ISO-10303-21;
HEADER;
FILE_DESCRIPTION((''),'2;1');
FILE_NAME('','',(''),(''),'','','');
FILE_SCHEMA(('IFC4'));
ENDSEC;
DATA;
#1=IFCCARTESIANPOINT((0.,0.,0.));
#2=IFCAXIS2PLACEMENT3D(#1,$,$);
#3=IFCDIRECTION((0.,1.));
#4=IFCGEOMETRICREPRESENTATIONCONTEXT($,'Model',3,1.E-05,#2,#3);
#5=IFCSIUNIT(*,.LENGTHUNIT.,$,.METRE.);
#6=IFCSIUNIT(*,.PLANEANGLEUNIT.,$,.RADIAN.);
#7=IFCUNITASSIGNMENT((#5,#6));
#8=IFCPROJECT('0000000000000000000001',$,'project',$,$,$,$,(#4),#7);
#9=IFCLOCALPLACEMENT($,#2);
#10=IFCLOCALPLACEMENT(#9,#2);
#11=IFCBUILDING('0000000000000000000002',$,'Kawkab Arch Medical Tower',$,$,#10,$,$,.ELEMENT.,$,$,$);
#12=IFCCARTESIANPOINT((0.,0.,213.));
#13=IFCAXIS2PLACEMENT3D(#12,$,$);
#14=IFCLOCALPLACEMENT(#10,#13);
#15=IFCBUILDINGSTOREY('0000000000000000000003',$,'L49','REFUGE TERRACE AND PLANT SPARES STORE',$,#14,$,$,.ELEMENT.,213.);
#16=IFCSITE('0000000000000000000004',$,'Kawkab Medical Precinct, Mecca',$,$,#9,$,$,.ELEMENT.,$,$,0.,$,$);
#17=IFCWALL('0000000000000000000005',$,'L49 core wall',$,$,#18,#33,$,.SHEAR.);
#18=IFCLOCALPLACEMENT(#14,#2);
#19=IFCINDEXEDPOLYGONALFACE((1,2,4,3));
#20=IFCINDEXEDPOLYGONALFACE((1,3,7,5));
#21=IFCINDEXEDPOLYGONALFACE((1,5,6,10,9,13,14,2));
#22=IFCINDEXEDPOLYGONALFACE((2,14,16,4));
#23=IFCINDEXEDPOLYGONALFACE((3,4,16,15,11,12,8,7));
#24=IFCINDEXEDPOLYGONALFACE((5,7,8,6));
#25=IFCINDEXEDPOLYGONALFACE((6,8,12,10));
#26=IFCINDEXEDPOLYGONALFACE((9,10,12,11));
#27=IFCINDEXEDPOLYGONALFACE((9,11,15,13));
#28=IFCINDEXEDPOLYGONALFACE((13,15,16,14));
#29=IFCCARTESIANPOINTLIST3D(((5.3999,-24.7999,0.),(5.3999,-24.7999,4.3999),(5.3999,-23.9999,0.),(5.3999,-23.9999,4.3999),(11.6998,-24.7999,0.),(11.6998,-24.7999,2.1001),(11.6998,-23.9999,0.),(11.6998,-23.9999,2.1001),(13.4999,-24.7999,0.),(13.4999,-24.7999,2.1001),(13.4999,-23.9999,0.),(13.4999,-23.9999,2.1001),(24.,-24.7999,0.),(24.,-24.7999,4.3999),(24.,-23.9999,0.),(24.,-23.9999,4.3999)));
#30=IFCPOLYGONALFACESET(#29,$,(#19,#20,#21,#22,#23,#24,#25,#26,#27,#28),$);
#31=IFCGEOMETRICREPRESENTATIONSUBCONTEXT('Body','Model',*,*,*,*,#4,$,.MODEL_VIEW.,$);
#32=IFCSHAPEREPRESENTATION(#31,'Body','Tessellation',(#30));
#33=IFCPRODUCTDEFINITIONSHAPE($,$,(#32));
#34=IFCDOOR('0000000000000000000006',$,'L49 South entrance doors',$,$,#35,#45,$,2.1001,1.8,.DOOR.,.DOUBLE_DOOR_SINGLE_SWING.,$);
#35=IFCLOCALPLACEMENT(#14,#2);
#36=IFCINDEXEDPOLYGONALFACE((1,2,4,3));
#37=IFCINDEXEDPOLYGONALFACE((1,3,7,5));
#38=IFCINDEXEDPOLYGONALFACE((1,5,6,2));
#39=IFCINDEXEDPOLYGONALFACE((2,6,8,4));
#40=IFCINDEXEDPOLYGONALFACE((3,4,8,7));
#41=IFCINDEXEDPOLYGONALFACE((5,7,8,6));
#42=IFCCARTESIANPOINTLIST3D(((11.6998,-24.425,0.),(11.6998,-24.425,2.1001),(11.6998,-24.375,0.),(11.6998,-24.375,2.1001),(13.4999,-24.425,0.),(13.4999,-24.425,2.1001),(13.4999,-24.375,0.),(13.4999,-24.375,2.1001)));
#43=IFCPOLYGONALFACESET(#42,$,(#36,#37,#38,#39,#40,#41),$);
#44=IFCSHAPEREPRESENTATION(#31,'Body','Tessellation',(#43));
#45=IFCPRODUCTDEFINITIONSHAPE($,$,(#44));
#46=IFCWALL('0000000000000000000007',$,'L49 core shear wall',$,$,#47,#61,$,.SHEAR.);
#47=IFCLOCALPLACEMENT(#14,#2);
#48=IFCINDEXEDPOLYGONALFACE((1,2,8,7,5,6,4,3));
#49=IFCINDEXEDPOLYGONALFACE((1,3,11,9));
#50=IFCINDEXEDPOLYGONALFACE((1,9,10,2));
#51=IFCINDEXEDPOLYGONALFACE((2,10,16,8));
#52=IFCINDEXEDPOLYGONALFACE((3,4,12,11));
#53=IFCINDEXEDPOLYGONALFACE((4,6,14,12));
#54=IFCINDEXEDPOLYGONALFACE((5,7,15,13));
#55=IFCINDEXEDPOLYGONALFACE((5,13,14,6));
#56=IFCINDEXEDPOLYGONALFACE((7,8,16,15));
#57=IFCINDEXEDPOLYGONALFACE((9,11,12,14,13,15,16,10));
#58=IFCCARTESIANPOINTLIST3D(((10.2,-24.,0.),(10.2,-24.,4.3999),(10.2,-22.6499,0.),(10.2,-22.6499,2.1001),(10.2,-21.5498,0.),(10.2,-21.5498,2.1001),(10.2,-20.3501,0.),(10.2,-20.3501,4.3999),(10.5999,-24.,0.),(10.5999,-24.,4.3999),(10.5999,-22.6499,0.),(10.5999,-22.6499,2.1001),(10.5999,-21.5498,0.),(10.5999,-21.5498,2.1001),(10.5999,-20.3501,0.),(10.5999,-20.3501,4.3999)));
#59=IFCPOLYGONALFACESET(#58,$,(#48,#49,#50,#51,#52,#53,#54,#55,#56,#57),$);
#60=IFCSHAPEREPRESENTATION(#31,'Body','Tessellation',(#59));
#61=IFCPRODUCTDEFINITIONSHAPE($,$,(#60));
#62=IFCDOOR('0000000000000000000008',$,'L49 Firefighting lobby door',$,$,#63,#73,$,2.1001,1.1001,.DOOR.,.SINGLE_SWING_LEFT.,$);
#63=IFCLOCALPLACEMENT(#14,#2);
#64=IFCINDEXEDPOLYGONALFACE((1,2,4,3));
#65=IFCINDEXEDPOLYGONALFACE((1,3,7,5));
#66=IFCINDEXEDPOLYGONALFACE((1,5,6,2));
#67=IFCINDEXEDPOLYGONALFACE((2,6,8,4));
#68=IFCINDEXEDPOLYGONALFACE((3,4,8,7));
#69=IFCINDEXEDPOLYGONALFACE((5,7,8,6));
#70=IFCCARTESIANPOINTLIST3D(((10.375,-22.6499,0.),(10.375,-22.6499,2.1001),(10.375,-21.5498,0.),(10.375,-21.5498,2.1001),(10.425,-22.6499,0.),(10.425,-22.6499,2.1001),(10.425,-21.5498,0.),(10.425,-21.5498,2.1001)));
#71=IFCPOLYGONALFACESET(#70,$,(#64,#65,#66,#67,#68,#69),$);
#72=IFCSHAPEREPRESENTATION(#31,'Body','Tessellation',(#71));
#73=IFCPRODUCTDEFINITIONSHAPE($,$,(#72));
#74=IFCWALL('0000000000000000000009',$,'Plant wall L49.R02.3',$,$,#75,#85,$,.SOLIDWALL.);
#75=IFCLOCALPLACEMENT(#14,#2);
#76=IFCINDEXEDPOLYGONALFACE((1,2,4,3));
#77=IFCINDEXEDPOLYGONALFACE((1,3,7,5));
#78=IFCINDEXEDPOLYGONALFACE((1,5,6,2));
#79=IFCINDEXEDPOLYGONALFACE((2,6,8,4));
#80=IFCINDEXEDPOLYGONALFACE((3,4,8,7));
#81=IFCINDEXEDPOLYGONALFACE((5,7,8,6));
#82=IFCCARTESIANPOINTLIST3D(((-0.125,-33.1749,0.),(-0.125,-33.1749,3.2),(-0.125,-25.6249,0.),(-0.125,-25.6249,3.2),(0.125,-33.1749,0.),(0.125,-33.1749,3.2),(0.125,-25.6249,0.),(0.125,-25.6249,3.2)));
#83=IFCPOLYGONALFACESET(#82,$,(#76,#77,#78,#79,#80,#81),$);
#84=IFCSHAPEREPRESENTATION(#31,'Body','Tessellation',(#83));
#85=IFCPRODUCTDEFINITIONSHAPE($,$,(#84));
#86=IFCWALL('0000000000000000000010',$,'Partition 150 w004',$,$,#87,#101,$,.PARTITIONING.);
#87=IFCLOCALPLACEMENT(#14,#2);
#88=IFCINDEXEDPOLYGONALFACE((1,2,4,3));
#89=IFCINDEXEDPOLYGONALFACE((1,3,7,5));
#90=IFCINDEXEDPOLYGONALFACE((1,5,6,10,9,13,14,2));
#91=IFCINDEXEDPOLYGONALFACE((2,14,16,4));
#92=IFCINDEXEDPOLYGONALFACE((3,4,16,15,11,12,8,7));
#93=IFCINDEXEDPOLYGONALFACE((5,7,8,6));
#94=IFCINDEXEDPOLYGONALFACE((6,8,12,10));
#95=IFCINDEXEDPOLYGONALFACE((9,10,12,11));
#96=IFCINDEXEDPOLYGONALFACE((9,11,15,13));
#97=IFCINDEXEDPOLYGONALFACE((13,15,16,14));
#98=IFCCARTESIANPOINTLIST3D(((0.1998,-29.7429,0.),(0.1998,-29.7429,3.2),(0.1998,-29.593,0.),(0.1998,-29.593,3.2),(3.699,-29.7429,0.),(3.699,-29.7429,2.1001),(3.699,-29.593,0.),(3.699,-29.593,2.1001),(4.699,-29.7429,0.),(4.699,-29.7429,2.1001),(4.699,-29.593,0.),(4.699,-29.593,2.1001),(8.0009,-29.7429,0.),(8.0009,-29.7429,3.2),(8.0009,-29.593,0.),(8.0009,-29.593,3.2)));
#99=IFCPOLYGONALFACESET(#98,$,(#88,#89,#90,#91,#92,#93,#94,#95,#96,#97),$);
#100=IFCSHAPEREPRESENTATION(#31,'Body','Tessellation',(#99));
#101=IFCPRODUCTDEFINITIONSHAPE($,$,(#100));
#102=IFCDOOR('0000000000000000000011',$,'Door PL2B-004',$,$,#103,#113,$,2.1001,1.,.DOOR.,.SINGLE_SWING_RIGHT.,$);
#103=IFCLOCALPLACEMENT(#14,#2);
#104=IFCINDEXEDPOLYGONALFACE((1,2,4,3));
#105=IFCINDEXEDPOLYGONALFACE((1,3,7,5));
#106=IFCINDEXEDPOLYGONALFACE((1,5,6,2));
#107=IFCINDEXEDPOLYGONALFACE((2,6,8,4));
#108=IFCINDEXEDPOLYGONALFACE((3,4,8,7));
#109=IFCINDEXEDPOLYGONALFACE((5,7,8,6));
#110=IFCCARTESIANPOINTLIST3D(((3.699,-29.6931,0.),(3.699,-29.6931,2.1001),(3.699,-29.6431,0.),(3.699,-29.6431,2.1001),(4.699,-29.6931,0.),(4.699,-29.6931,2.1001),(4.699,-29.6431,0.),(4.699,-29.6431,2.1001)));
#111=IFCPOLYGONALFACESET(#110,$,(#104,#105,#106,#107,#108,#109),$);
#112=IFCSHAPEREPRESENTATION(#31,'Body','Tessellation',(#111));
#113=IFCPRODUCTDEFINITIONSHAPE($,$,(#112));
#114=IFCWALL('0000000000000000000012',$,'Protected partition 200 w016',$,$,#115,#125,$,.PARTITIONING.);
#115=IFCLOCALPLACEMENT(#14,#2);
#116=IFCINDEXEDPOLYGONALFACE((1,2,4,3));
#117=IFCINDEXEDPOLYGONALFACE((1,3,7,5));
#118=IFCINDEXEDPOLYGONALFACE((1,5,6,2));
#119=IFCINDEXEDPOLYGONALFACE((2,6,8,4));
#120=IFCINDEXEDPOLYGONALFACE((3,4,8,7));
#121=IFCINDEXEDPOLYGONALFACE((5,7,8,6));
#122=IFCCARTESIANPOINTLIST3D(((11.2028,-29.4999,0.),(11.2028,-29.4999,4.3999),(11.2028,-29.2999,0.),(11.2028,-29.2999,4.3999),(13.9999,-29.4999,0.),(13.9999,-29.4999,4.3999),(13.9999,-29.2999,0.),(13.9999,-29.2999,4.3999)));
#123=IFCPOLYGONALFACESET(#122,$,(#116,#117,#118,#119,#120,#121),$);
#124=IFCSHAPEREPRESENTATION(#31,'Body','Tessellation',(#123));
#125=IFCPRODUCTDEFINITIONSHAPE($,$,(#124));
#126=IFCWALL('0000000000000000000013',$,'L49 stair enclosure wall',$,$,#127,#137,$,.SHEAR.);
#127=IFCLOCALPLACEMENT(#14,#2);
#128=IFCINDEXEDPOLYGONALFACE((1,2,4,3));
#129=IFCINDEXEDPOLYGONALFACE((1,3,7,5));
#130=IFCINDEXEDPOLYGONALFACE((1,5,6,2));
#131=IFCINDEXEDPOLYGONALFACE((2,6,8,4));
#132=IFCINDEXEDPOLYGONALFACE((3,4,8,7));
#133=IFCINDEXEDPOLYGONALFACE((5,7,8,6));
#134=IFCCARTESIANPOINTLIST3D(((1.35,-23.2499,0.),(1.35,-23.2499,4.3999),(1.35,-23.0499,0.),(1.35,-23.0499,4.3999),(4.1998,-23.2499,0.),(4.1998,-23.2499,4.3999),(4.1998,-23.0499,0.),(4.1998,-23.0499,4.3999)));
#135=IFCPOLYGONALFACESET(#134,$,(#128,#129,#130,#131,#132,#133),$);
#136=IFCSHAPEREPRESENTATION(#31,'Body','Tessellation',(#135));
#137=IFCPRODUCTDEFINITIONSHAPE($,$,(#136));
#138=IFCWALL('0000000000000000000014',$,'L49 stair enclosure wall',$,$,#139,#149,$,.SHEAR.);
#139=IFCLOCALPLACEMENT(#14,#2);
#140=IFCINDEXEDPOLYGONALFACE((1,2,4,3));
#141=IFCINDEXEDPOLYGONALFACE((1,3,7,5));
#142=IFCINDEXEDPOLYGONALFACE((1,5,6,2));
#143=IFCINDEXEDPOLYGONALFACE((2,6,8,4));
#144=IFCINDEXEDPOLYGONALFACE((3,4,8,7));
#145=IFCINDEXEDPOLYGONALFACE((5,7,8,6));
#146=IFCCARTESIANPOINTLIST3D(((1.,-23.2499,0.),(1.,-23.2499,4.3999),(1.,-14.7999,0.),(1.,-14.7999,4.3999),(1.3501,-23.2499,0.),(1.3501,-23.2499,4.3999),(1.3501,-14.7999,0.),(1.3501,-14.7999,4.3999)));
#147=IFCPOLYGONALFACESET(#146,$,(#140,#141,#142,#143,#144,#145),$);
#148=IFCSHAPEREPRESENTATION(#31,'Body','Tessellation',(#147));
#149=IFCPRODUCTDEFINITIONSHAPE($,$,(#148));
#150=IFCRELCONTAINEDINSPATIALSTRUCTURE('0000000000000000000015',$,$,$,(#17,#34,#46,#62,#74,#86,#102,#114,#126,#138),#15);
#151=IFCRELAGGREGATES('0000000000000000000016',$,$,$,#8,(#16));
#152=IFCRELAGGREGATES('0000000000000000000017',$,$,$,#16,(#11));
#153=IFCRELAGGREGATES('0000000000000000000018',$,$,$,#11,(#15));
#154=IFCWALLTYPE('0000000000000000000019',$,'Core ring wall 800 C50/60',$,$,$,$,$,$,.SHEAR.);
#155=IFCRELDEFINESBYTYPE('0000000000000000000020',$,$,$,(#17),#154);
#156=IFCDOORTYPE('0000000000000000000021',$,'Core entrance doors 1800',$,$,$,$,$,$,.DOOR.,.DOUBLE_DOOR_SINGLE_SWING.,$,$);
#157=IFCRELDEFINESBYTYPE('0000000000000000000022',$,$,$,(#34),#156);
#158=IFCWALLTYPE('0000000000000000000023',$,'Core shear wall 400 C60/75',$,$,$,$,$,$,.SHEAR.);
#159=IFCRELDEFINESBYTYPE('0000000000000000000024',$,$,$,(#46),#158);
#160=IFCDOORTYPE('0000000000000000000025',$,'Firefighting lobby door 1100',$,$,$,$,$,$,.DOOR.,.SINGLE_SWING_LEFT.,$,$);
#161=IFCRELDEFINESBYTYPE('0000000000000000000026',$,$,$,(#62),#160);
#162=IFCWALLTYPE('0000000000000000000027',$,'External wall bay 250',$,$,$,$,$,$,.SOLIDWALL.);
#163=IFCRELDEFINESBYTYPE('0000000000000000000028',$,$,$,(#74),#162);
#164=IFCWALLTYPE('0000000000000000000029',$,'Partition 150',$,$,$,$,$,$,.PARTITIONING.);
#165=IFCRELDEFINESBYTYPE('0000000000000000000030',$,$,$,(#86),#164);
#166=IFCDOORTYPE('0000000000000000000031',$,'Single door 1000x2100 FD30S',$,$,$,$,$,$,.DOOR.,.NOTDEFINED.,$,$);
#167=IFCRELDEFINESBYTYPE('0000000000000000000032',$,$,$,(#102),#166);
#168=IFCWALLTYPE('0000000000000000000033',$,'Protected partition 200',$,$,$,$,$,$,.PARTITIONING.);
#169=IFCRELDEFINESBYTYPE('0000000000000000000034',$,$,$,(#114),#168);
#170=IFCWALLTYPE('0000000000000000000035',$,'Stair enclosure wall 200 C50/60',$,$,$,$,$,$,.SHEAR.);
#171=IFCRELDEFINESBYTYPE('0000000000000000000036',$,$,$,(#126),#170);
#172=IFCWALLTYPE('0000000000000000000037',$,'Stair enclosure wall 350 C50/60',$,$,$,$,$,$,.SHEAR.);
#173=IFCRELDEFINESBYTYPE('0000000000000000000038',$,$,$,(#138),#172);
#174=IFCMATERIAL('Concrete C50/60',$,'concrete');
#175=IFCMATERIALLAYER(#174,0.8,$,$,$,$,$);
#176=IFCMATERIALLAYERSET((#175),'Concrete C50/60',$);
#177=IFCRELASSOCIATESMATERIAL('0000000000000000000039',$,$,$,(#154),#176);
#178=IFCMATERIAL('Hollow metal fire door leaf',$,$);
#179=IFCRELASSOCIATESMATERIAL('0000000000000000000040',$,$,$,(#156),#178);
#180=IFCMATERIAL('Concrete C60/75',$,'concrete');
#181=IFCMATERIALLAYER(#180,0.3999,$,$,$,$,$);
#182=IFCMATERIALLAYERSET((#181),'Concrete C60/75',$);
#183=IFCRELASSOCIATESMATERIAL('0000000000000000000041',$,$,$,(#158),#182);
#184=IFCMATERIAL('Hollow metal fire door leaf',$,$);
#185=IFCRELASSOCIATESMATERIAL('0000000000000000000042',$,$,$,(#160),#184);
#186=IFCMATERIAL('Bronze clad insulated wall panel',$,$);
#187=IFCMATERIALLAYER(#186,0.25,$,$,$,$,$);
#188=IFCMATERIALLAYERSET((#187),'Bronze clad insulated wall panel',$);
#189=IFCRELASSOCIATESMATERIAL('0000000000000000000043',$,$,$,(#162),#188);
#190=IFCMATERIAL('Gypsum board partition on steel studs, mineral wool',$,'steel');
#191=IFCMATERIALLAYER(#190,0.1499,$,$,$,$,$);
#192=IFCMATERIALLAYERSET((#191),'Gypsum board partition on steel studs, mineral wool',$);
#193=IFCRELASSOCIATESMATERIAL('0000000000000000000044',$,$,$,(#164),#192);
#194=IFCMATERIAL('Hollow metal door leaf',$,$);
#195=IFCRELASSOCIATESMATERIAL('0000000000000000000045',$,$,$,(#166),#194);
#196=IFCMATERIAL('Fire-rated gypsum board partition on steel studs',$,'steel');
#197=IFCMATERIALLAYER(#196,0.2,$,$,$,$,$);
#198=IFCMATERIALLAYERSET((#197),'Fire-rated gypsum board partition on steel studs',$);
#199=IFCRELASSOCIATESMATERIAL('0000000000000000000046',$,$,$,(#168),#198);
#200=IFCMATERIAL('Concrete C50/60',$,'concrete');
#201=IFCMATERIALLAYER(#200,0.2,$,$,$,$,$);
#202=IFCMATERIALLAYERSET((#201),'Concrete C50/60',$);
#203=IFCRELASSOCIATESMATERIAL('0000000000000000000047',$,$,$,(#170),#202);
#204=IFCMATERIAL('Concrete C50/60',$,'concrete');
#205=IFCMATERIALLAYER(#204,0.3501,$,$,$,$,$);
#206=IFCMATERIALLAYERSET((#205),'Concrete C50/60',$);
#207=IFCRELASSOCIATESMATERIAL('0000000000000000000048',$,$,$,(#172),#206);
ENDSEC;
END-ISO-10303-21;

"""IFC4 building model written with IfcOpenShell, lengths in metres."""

from ifc_helpers import new_model, si_unit, direction, frame, frame_2d, origin, place, context, subcontext, project, spatial, rectangle, extrude, material, layer, layer_set, type_object, element, fill, save


model = new_model("IFC4")

# Units and contexts
model_context = context("Model", 3, precision=1e-05, world=origin(), true_north=direction((0.0, 1.0)))
body_context = subcontext(model_context, "Body", "Model", "MODEL_VIEW")
ifc_project = project(units=[si_unit("LENGTHUNIT", "METRE"), si_unit("PLANEANGLEUNIT", "RADIAN")], contexts=[model_context])

# Site, building, storey
site_placement = place(None, origin())
site = spatial("IfcSite", under=ifc_project, at=site_placement, Name="Kawkab Medical Precinct, Mecca", CompositionType="ELEMENT", RefElevation=0.0)
building_placement = place(site_placement, origin())
building = spatial("IfcBuilding", under=site, at=building_placement, Name="Kawkab Arch Medical Tower", CompositionType="ELEMENT")
storey_placement = place(building_placement, frame((0.0, 0.0, 213.0)))
storey = spatial("IfcBuildingStorey", under=building, at=storey_placement, Name="L49", Description="REFUGE TERRACE AND PLANT SPARES STORE", CompositionType="ELEMENT", Elevation=213.0)

# Walls, openings, doors
ifc_material_1 = material(Name="Concrete C50/60", Category="concrete")
ifc_layer_1 = layer(ifc_material_1, 0.8)
ifc_layer_set_1 = layer_set([ifc_layer_1], Name="Concrete C50/60")
wall_type_1 = type_object("IfcWallType", Name="Core ring wall 800 C50/60", PredefinedType="SHEAR", material=ifc_layer_set_1)
wall_1_placement = place(storey_placement, frame((5.3999, -24.3999, 0.0), z_axis=(0.0, 0.0, 1.0), x_axis=(1.0, 0.0, 0.0)))
wall_1 = element("IfcWall", 1, at=wall_1_placement, inside=storey, type_object=wall_type_1, Name="L49 core wall", PredefinedType="SHEAR", context=body_context, shape_type="SweptSolid", body=[
    extrude(rectangle(XDim=18.6001, YDim=0.8, at=frame_2d((9.3, 0.0))), origin(), (0.0, 0.0, 1.0), 4.3999),
])
opening_1_placement = place(wall_1_placement, frame((6.3, 0.0, 0.0)))
opening_1 = element("IfcOpeningElement", 2, at=opening_1_placement, cuts=wall_1, PredefinedType="OPENING", context=body_context, shape_type="SweptSolid", body=[
    extrude(rectangle(XDim=1.8, YDim=2.1001, at=frame_2d((0.8999, 1.05))), frame((0.0, 0.4099, 0.0), z_axis=(0.0, -1.0, 0.0), x_axis=(1.0, 0.0, 0.0)), (0.0, 0.0, 1.0), 0.8201),
])
ifc_material_2 = material(Name="Hollow metal fire door leaf")
door_type_1 = type_object("IfcDoorType", Name="Core entrance doors 1800", OperationType="DOUBLE_DOOR_SINGLE_SWING", PredefinedType="DOOR", material=ifc_material_2)
door_1_placement = place(opening_1_placement, origin())
door_1 = element("IfcDoor", 3, at=door_1_placement, inside=storey, type_object=door_type_1, Name="L49 South entrance doors", OperationType="DOUBLE_DOOR_SINGLE_SWING", OverallHeight=2.1001, OverallWidth=1.8, PredefinedType="DOOR", context=body_context, shape_type="SweptSolid", body=[
    extrude(rectangle(XDim=1.8, YDim=2.1001, at=frame_2d((0.8999, 1.05))), frame((0.0, 0.0249, 0.0), z_axis=(0.0, -1.0, 0.0), x_axis=(1.0, 0.0, 0.0)), (0.0, 0.0, 1.0), 0.05),
])
fill(opening_1, door_1)
ifc_material_3 = material(Name="Concrete C60/75", Category="concrete")
ifc_layer_2 = layer(ifc_material_3, 0.3999)
ifc_layer_set_2 = layer_set([ifc_layer_2], Name="Concrete C60/75")
wall_type_2 = type_object("IfcWallType", Name="Core shear wall 400 C60/75", PredefinedType="SHEAR", material=ifc_layer_set_2)
wall_2_placement = place(storey_placement, frame((10.3999, -24.0, 0.0), z_axis=(0.0, 0.0, 1.0), x_axis=(0.0, 1.0, 0.0)))
wall_2 = element("IfcWall", 4, at=wall_2_placement, inside=storey, type_object=wall_type_2, Name="L49 core shear wall", PredefinedType="SHEAR", context=body_context, shape_type="SweptSolid", body=[
    extrude(rectangle(XDim=3.6499, YDim=0.3999, at=frame_2d((1.825, 0.0))), origin(), (0.0, 0.0, 1.0), 4.3999),
])
opening_2_placement = place(wall_2_placement, frame((1.3501, 0.0, 0.0)))
opening_2 = element("IfcOpeningElement", 5, at=opening_2_placement, cuts=wall_2, PredefinedType="OPENING", context=body_context, shape_type="SweptSolid", body=[
    extrude(rectangle(XDim=1.1001, YDim=2.1001, at=frame_2d((0.55, 1.05))), frame((0.0, 0.21, 0.0), z_axis=(0.0, -1.0, 0.0), x_axis=(1.0, 0.0, 0.0)), (0.0, 0.0, 1.0), 0.4199),
])
ifc_material_4 = material(Name="Hollow metal fire door leaf")
door_type_2 = type_object("IfcDoorType", Name="Firefighting lobby door 1100", OperationType="SINGLE_SWING_LEFT", PredefinedType="DOOR", material=ifc_material_4)
door_2_placement = place(opening_2_placement, origin())
door_2 = element("IfcDoor", 6, at=door_2_placement, inside=storey, type_object=door_type_2, Name="L49 Firefighting lobby door", OperationType="SINGLE_SWING_LEFT", OverallHeight=2.1001, OverallWidth=1.1001, PredefinedType="DOOR", context=body_context, shape_type="SweptSolid", body=[
    extrude(rectangle(XDim=1.1001, YDim=2.1001, at=frame_2d((0.55, 1.05))), frame((0.0, 0.0249, 0.0), z_axis=(0.0, -1.0, 0.0), x_axis=(1.0, 0.0, 0.0)), (0.0, 0.0, 1.0), 0.05),
])
fill(opening_2, door_2)

# Wall
ifc_material_5 = material(Name="Bronze clad insulated wall panel")
ifc_layer_3 = layer(ifc_material_5, 0.25)
ifc_layer_set_3 = layer_set([ifc_layer_3], Name="Bronze clad insulated wall panel")
wall_type_3 = type_object("IfcWallType", Name="External wall bay 250", PredefinedType="SOLIDWALL", material=ifc_layer_set_3)
wall_3_placement = place(storey_placement, frame((0.0, -25.625, 0.0), z_axis=(0.0, 0.0, 1.0), x_axis=(0.0, -1.0, 0.0)))
element("IfcWall", 7, at=wall_3_placement, inside=storey, type_object=wall_type_3, Name="Plant wall L49.R02.3", PredefinedType="SOLIDWALL", context=body_context, shape_type="SweptSolid", body=[
    extrude(rectangle(XDim=7.55, YDim=0.25, at=frame_2d((3.7749, 0.0))), origin(), (0.0, 0.0, 1.0), 3.2),
])

# Wall, opening, door
ifc_material_6 = material(Name="Gypsum board partition on steel studs, mineral wool", Category="steel")
ifc_layer_4 = layer(ifc_material_6, 0.1499)
ifc_layer_set_4 = layer_set([ifc_layer_4], Name="Gypsum board partition on steel studs, mineral wool")
wall_type_4 = type_object("IfcWallType", Name="Partition 150", PredefinedType="PARTITIONING", material=ifc_layer_set_4)
wall_4_placement = place(storey_placement, frame((0.2, -29.668, 0.0), z_axis=(0.0, 0.0, 1.0), x_axis=(1.0, 0.0, 0.0)))
wall_4 = element("IfcWall", 8, at=wall_4_placement, inside=storey, type_object=wall_type_4, Name="Partition 150 w004", PredefinedType="PARTITIONING", context=body_context, shape_type="SweptSolid", body=[
    extrude(rectangle(XDim=7.801, YDim=0.1499, at=frame_2d((3.9004, 0.0))), origin(), (0.0, 0.0, 1.0), 3.2),
])
opening_3_placement = place(wall_4_placement, frame((3.499, 0.0, 0.0)))
opening_3 = element("IfcOpeningElement", 9, at=opening_3_placement, cuts=wall_4, PredefinedType="OPENING", context=body_context, shape_type="SweptSolid", body=[
    extrude(rectangle(XDim=1.0, YDim=2.1001, at=frame_2d((0.5, 1.05))), frame((0.0, 0.085, 0.0), z_axis=(0.0, -1.0, 0.0), x_axis=(1.0, 0.0, 0.0)), (0.0, 0.0, 1.0), 0.1699),
])
ifc_material_7 = material(Name="Hollow metal door leaf")
door_type_3 = type_object("IfcDoorType", Name="Single door 1000x2100 FD30S", OperationType="NOTDEFINED", PredefinedType="DOOR", material=ifc_material_7)
door_3_placement = place(opening_3_placement, origin())
door_3 = element("IfcDoor", 10, at=door_3_placement, inside=storey, type_object=door_type_3, Name="Door PL2B-004", OperationType="SINGLE_SWING_RIGHT", OverallHeight=2.1001, OverallWidth=1.0, PredefinedType="DOOR", context=body_context, shape_type="SweptSolid", body=[
    extrude(rectangle(XDim=1.0, YDim=2.1001, at=frame_2d((0.5, 1.05))), frame((0.0, 0.0249, 0.0), z_axis=(0.0, -1.0, 0.0), x_axis=(1.0, 0.0, 0.0)), (0.0, 0.0, 1.0), 0.05),
])
fill(opening_3, door_3)

# Walls
ifc_material_8 = material(Name="Fire-rated gypsum board partition on steel studs", Category="steel")
ifc_layer_5 = layer(ifc_material_8, 0.2)
ifc_layer_set_5 = layer_set([ifc_layer_5], Name="Fire-rated gypsum board partition on steel studs")
wall_type_5 = type_object("IfcWallType", Name="Protected partition 200", PredefinedType="PARTITIONING", material=ifc_layer_set_5)
wall_5_placement = place(storey_placement, frame((11.2029, -29.3999, 0.0), z_axis=(0.0, 0.0, 1.0), x_axis=(1.0, 0.0, 0.0)))
element("IfcWall", 11, at=wall_5_placement, inside=storey, type_object=wall_type_5, Name="Protected partition 200 w016", PredefinedType="PARTITIONING", context=body_context, shape_type="SweptSolid", body=[
    extrude(rectangle(XDim=2.7971, YDim=0.2, at=frame_2d((1.3984, 0.0))), origin(), (0.0, 0.0, 1.0), 4.3999),
])
ifc_material_9 = material(Name="Concrete C50/60", Category="concrete")
ifc_layer_6 = layer(ifc_material_9, 0.2)
ifc_layer_set_6 = layer_set([ifc_layer_6], Name="Concrete C50/60")
wall_type_6 = type_object("IfcWallType", Name="Stair enclosure wall 200 C50/60", PredefinedType="SHEAR", material=ifc_layer_set_6)
wall_6_placement = place(storey_placement, frame((1.3501, -23.1499, 0.0), z_axis=(0.0, 0.0, 1.0), x_axis=(1.0, 0.0, 0.0)))
element("IfcWall", 12, at=wall_6_placement, inside=storey, type_object=wall_type_6, Name="L49 stair enclosure wall", PredefinedType="SHEAR", context=body_context, shape_type="SweptSolid", body=[
    extrude(rectangle(XDim=2.8499, YDim=0.2, at=frame_2d((1.4248, 0.0))), origin(), (0.0, 0.0, 1.0), 4.3999),
])
ifc_material_10 = material(Name="Concrete C50/60", Category="concrete")
ifc_layer_7 = layer(ifc_material_10, 0.3501)
ifc_layer_set_7 = layer_set([ifc_layer_7], Name="Concrete C50/60")
wall_type_7 = type_object("IfcWallType", Name="Stair enclosure wall 350 C50/60", PredefinedType="SHEAR", material=ifc_layer_set_7)
wall_7_placement = place(storey_placement, frame((1.175, -23.25, 0.0), z_axis=(0.0, 0.0, 1.0), x_axis=(0.0, 1.0, 0.0)))
element("IfcWall", 13, at=wall_7_placement, inside=storey, type_object=wall_type_7, Name="L49 stair enclosure wall", PredefinedType="SHEAR", context=body_context, shape_type="SweptSolid", body=[
    extrude(rectangle(XDim=8.45, YDim=0.3501, at=frame_2d((4.2251, 0.0))), origin(), (0.0, 0.0, 1.0), 4.3999),
])

save(model, "model.ifc")
